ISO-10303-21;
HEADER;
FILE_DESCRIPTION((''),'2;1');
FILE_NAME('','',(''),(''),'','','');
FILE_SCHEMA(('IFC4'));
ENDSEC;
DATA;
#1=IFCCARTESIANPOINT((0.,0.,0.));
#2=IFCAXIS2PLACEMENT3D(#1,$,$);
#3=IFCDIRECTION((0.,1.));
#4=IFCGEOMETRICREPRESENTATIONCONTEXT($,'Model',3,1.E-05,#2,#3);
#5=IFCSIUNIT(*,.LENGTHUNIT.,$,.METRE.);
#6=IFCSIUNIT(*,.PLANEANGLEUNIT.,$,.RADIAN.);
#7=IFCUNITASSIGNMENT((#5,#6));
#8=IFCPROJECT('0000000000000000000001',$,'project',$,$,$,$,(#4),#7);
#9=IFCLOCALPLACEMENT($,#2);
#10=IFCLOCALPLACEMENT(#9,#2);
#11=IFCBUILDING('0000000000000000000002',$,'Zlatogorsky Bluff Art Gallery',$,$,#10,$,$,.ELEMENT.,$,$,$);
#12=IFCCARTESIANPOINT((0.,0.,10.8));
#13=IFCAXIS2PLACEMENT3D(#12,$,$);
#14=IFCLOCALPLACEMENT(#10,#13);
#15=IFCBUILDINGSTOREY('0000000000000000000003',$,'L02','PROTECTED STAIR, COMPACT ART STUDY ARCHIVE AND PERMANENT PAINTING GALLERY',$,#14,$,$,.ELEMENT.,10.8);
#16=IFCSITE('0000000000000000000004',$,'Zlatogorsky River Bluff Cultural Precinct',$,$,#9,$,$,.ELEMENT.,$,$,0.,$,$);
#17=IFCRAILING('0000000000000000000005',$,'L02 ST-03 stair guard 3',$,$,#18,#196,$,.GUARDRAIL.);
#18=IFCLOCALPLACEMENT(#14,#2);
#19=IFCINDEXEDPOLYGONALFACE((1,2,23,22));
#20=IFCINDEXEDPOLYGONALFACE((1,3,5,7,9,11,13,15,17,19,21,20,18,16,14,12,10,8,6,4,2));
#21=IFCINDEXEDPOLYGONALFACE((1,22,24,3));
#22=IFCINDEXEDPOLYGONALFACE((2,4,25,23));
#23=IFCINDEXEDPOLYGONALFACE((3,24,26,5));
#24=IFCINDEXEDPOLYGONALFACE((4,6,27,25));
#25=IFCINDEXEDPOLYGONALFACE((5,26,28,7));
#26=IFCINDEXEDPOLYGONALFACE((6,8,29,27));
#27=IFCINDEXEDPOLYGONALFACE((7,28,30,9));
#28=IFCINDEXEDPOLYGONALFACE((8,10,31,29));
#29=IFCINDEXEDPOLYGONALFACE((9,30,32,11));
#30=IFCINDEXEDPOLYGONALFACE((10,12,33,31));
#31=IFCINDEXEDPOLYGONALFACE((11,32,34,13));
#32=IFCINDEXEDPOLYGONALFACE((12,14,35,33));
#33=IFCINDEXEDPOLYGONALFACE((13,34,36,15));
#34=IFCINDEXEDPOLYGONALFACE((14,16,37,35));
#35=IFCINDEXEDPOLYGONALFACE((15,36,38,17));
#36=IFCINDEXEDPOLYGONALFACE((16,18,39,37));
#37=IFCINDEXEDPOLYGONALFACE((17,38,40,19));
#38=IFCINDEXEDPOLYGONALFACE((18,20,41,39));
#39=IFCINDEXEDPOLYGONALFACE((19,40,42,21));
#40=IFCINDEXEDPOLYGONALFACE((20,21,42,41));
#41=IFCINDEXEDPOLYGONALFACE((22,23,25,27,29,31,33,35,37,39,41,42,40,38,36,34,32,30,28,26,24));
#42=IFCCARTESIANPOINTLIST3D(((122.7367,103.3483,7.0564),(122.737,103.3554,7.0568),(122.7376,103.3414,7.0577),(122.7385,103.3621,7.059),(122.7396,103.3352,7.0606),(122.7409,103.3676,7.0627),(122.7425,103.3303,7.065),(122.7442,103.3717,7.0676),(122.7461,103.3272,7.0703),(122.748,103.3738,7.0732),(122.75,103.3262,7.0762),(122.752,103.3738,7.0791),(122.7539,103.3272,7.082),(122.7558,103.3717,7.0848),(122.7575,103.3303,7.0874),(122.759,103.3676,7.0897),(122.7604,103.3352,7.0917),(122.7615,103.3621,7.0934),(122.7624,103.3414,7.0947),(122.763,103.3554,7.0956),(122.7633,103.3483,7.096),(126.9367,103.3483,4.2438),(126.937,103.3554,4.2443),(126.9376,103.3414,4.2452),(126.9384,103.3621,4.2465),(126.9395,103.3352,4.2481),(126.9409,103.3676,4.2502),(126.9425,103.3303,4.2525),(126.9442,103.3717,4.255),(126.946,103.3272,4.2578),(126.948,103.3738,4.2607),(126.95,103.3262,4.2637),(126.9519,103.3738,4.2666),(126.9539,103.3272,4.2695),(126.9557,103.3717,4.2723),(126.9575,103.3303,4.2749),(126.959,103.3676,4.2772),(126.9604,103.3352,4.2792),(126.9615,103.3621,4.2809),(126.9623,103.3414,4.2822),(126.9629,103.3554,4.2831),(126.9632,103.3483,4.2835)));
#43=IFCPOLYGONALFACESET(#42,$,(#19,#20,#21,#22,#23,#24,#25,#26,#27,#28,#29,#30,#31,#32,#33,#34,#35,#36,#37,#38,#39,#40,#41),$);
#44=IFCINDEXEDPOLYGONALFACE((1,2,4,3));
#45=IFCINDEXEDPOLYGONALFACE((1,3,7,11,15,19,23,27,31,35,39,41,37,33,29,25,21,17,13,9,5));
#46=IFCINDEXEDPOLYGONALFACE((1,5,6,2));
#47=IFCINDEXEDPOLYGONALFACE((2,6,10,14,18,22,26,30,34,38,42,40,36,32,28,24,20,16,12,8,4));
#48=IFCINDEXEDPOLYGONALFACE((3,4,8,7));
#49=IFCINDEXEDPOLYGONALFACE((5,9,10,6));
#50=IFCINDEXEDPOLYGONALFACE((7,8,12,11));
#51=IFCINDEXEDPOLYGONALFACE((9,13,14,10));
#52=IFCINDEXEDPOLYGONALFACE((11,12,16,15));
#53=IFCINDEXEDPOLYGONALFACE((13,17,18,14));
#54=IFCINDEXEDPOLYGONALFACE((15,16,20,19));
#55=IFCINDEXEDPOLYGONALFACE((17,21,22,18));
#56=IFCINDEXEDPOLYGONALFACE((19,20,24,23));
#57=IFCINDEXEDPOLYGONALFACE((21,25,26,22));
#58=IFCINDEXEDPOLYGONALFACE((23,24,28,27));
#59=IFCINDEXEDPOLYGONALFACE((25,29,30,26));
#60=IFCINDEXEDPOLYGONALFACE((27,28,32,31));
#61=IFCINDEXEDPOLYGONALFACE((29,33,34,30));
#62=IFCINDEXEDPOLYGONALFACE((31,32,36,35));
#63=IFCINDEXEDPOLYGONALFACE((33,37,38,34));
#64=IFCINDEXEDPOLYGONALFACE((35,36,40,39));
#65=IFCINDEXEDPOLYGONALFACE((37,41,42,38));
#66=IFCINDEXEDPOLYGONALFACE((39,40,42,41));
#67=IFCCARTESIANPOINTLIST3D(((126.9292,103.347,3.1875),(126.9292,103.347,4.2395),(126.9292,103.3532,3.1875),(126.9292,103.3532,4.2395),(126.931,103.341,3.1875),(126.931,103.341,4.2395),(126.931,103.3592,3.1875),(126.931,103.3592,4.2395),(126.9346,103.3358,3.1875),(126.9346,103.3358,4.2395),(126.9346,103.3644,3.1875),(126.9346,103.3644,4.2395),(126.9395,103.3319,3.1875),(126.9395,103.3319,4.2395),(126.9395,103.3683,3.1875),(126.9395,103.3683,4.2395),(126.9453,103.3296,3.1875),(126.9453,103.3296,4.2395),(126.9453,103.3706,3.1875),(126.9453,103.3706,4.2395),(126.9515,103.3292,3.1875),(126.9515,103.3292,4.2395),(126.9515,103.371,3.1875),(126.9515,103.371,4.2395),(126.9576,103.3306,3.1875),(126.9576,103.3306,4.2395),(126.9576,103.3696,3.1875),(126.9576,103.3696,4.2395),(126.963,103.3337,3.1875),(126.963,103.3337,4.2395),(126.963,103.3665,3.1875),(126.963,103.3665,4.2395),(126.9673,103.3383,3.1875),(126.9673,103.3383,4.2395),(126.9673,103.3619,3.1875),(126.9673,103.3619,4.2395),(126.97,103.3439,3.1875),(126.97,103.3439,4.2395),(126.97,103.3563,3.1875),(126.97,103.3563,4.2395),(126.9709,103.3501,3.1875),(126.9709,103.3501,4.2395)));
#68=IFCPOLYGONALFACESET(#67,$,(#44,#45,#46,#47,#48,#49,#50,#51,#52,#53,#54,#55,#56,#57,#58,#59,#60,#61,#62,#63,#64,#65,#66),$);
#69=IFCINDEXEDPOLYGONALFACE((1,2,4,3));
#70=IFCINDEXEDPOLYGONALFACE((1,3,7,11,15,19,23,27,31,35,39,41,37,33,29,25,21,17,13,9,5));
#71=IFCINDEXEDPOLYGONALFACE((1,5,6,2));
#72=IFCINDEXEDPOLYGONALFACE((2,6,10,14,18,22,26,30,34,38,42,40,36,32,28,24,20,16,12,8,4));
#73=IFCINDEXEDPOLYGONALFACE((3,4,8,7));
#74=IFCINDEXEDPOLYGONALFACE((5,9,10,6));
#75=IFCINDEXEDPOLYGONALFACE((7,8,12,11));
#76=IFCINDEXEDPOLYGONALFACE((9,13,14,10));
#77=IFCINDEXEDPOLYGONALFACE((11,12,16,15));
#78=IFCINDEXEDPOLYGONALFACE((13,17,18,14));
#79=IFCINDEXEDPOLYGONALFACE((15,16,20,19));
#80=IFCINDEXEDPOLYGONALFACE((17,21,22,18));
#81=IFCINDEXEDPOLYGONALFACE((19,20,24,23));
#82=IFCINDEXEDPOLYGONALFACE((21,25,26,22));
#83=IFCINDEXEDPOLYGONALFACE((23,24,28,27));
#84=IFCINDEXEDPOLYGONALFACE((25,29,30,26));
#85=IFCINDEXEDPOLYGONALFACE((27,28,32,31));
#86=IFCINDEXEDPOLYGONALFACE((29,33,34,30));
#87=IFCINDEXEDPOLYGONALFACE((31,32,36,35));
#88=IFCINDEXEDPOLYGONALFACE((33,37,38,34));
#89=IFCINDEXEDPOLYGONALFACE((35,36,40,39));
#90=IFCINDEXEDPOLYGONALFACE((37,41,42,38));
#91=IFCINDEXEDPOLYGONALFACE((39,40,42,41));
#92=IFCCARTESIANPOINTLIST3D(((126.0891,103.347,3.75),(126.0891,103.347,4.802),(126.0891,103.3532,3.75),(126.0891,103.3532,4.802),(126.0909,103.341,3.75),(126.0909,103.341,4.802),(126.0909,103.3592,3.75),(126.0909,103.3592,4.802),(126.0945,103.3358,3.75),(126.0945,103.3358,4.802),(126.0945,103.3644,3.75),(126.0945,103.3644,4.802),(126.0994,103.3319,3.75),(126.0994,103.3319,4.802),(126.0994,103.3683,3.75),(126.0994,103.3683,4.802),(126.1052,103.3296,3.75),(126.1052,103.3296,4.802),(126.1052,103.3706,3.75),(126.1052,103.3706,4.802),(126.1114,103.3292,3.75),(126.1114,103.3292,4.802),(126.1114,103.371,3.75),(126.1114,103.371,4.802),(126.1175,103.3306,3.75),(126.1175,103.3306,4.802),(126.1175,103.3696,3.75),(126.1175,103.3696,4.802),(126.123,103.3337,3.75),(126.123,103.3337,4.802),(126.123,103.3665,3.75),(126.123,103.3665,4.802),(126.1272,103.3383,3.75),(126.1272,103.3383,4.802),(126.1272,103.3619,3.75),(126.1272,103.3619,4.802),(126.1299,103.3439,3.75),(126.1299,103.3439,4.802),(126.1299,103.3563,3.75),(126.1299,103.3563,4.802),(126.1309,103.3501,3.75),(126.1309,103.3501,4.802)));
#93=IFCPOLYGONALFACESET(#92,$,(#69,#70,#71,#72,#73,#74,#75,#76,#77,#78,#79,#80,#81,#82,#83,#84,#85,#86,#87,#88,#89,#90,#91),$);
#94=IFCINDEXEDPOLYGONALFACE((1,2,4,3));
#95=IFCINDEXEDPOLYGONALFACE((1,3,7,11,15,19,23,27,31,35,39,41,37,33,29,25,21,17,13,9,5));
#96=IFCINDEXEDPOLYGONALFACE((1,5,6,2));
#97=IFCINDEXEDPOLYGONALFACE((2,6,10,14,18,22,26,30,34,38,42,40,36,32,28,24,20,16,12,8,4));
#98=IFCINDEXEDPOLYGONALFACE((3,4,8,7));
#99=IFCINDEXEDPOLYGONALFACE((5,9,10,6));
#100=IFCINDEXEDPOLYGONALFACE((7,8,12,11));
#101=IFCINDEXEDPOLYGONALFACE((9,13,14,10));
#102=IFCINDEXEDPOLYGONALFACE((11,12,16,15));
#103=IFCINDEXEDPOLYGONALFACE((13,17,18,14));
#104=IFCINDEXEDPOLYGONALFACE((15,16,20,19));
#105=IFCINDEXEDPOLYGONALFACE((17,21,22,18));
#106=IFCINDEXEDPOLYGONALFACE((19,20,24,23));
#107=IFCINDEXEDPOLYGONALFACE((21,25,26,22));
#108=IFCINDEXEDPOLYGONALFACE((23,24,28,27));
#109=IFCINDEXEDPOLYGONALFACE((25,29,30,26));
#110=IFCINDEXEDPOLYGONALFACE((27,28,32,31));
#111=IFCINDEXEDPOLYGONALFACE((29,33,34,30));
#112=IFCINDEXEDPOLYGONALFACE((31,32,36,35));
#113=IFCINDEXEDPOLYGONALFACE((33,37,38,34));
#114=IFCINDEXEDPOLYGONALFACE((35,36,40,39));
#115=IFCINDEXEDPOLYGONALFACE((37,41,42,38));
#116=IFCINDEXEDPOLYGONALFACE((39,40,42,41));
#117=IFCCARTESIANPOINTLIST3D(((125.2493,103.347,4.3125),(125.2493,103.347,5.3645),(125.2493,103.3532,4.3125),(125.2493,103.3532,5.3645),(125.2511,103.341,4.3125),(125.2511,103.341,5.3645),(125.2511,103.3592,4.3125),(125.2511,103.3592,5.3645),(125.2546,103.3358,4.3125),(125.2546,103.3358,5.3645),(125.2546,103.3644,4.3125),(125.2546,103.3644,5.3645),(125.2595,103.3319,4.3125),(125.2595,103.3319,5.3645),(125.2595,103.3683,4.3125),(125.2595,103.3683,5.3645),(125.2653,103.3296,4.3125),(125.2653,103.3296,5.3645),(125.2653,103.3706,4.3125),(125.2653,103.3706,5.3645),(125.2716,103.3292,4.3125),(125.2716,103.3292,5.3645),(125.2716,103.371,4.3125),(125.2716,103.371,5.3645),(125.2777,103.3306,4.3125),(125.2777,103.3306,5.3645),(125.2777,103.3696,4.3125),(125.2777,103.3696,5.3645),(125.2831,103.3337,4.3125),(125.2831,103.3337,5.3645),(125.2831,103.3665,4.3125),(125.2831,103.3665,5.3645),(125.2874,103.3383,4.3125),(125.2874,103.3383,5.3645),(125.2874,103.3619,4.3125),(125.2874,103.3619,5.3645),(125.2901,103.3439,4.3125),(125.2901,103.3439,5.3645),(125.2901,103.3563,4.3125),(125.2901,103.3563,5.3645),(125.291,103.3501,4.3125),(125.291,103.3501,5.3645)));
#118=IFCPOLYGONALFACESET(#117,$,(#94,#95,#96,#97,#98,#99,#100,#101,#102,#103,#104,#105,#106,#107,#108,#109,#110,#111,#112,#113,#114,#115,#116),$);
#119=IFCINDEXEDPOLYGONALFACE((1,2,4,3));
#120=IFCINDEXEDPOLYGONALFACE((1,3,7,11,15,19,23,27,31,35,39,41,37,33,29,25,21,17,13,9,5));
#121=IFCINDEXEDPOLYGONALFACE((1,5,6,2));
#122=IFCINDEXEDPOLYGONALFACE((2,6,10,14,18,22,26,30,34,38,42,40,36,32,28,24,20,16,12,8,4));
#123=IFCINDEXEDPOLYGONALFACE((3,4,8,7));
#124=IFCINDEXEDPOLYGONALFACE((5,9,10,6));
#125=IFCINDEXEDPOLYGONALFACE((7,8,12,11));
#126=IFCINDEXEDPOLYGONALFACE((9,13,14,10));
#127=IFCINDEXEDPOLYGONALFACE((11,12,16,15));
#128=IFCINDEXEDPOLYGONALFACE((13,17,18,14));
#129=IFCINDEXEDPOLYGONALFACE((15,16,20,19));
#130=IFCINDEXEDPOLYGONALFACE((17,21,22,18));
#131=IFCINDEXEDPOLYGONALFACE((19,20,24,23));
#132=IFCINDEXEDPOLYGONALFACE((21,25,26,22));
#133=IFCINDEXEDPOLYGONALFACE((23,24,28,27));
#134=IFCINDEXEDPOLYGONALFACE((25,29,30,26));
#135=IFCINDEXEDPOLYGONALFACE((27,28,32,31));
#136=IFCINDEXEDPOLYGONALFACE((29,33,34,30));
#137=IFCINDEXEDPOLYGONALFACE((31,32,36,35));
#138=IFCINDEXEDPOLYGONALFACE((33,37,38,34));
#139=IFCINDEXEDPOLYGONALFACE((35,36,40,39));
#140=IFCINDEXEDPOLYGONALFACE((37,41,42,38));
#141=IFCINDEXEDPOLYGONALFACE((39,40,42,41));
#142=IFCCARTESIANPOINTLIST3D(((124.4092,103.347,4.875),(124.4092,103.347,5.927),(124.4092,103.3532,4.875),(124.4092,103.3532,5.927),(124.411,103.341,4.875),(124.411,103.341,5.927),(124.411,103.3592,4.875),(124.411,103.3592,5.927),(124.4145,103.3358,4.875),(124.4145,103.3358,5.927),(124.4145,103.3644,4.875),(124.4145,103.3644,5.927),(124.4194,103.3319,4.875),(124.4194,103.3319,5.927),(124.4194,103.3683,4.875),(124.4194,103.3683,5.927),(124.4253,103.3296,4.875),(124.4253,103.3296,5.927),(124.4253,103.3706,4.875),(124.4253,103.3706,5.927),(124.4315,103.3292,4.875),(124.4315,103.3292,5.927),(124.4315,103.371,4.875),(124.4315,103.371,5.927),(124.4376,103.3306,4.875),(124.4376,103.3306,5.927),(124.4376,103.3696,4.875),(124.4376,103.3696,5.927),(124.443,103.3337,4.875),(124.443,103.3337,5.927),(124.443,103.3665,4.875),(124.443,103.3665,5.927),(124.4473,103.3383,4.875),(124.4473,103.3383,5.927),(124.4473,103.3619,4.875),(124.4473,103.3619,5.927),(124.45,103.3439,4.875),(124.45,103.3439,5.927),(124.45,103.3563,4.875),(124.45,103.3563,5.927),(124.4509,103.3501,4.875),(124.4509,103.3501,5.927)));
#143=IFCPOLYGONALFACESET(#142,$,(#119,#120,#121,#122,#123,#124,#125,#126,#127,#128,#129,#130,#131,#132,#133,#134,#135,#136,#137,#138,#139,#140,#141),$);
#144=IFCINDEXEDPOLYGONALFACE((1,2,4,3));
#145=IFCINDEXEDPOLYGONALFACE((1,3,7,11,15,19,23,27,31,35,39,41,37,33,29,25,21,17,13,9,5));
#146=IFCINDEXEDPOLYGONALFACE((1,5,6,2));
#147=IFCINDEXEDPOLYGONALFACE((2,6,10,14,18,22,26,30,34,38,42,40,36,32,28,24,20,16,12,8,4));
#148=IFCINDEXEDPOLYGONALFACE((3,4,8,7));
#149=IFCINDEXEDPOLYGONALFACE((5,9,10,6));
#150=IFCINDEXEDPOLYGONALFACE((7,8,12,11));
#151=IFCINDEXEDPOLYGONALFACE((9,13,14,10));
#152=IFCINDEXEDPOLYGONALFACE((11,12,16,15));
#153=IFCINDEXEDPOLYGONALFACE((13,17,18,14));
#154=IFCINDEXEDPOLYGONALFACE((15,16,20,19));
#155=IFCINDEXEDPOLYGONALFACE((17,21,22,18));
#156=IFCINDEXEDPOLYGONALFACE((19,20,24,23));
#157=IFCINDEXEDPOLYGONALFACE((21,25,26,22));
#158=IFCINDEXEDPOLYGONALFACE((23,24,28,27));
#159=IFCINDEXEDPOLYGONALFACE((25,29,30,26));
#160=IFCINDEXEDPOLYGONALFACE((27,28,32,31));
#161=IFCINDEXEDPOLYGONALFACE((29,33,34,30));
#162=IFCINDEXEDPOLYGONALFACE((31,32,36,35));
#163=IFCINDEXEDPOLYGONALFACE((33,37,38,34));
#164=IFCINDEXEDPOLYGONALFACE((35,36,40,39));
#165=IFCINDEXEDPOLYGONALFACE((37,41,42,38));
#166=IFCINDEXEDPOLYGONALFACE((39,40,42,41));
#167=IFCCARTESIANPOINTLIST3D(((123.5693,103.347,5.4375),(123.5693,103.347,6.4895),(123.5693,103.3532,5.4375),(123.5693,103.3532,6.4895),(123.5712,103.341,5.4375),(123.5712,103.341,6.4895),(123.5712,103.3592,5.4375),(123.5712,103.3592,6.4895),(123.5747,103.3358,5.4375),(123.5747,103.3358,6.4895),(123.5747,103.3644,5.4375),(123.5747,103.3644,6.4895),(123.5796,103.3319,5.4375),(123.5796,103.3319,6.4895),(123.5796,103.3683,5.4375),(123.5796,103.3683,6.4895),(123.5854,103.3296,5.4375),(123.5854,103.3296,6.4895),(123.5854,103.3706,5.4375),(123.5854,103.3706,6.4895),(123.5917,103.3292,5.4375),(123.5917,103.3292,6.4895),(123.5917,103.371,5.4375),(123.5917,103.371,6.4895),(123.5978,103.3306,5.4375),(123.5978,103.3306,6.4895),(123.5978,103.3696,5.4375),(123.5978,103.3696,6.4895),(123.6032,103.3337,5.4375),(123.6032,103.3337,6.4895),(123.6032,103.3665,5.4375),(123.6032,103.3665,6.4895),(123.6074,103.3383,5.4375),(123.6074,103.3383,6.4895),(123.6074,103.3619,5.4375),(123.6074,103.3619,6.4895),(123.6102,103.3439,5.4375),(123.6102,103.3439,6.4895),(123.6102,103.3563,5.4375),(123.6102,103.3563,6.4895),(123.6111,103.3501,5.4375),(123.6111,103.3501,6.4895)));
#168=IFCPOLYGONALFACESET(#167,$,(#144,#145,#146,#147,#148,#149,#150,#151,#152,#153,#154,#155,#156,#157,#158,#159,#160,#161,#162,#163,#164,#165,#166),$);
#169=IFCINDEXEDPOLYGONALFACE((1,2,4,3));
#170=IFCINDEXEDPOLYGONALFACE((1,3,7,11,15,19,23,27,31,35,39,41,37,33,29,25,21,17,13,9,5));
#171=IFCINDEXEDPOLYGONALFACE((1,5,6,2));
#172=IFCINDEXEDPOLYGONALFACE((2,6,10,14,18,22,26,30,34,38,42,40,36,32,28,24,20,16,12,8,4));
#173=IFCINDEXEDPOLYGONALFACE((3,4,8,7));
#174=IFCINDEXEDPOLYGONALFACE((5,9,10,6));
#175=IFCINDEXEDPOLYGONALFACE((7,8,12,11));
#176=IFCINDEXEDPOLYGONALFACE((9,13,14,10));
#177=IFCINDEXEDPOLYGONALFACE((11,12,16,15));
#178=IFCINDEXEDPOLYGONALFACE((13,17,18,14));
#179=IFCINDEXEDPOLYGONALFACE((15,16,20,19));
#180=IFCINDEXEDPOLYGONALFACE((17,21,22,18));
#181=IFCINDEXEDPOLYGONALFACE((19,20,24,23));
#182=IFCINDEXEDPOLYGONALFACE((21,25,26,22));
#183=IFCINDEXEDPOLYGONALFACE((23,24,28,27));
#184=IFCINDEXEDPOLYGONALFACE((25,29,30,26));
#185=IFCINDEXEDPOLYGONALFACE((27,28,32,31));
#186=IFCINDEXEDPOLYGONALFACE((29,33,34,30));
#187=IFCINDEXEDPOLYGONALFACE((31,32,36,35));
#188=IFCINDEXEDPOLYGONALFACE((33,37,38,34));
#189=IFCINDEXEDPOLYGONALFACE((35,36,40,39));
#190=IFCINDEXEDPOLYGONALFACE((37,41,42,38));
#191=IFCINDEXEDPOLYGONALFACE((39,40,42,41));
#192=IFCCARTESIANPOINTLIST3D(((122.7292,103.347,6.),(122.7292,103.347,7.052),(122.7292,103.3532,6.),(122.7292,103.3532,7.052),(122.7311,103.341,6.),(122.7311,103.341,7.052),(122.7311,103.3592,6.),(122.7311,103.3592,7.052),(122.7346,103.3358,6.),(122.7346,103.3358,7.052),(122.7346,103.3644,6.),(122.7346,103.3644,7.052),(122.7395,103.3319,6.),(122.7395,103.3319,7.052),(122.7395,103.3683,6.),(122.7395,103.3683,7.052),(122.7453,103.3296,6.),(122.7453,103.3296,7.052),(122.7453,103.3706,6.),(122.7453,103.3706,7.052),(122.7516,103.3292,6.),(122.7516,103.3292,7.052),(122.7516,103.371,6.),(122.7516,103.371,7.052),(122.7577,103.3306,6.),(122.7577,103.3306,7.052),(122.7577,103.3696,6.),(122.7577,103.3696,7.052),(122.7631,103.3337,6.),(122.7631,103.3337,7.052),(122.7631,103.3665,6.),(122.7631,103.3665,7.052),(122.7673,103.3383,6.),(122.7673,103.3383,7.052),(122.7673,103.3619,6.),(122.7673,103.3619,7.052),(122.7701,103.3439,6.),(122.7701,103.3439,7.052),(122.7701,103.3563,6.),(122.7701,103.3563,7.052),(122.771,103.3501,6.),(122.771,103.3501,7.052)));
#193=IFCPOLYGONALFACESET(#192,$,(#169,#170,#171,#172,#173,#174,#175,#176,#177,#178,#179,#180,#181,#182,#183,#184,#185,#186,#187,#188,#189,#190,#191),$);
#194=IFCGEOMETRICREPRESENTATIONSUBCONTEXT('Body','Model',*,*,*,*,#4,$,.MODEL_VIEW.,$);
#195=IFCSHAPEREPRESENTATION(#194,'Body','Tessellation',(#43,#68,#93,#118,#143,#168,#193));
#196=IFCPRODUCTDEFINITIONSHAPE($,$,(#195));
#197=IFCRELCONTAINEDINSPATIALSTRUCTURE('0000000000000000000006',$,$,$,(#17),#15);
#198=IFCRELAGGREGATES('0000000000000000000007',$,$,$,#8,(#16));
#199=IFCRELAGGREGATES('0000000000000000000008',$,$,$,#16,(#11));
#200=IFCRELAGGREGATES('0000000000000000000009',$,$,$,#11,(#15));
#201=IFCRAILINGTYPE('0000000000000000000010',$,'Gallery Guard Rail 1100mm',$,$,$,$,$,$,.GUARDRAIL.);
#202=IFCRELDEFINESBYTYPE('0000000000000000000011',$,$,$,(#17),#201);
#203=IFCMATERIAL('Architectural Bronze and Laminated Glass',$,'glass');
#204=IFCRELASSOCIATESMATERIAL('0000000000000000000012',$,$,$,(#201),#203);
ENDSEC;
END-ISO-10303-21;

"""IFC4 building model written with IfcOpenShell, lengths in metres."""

from ifc_helpers import new_model, si_unit, direction, frame, origin, origin_2d, place, context, subcontext, project, spatial, circle, extrude, material, type_object, element, save


model = new_model("IFC4")

# Units and contexts
model_context = context("Model", 3, precision=1e-05, world=origin(), true_north=direction((0.0, 1.0)))
body_context = subcontext(model_context, "Body", "Model", "MODEL_VIEW")
ifc_project = project(units=[si_unit("LENGTHUNIT", "METRE"), si_unit("PLANEANGLEUNIT", "RADIAN")], contexts=[model_context])

# Site, building, storey
site_placement = place(None, origin())
site = spatial("IfcSite", under=ifc_project, at=site_placement, Name="Zlatogorsky River Bluff Cultural Precinct", CompositionType="ELEMENT", RefElevation=0.0)
building_placement = place(site_placement, origin())
building = spatial("IfcBuilding", under=site, at=building_placement, Name="Zlatogorsky Bluff Art Gallery", CompositionType="ELEMENT")
storey_placement = place(building_placement, frame((0.0, 0.0, 10.8)))
storey = spatial("IfcBuildingStorey", under=building, at=storey_placement, Name="L02", Description="PROTECTED STAIR, COMPACT ART STUDY ARCHIVE AND PERMANENT PAINTING GALLERY", CompositionType="ELEMENT", Elevation=10.8)

# Railing
ifc_material_1 = material(Name="Architectural Bronze and Laminated Glass", Category="glass")
railing_type_1 = type_object("IfcRailingType", Name="Gallery Guard Rail 1100mm", PredefinedType="GUARDRAIL", material=ifc_material_1)
railing_1_placement = place(storey_placement, frame((126.95, 103.3501, 3.1875)))
element("IfcRailing", 1, at=railing_1_placement, inside=storey, type_object=railing_type_1, Name="L02 ST-03 stair guard 3", PredefinedType="GUARDRAIL", context=body_context, shape_type="SweptSolid", body=[
    extrude(circle(Radius=0.0239, at=origin_2d()), frame((0.0, 0.0, 1.0762), z_axis=(-0.830904, 0.0, 0.556416), x_axis=(0.0, -1.0, 0.0)), (0.0, 0.0, 1.0), 5.0547),
    extrude(circle(Radius=0.021, at=origin_2d()), origin(), (0.0, 0.0, 1.0), 1.052),
    extrude(circle(Radius=0.021, at=origin_2d()), frame((-0.8401, 0.0, 0.5625)), (0.0, 0.0, 1.0), 1.052),
    extrude(circle(Radius=0.021, at=origin_2d()), frame((-1.6799, 0.0, 1.125)), (0.0, 0.0, 1.0), 1.052),
    extrude(circle(Radius=0.021, at=origin_2d()), frame((-2.52, 0.0, 1.6875)), (0.0, 0.0, 1.0), 1.052),
    extrude(circle(Radius=0.021, at=origin_2d()), frame((-3.3599, 0.0, 2.25)), (0.0, 0.0, 1.0), 1.052),
    extrude(circle(Radius=0.021, at=origin_2d()), frame((-4.2, 0.0, 2.8125)), (0.0, 0.0, 1.0), 1.052),
])

save(model, "model.ifc")
